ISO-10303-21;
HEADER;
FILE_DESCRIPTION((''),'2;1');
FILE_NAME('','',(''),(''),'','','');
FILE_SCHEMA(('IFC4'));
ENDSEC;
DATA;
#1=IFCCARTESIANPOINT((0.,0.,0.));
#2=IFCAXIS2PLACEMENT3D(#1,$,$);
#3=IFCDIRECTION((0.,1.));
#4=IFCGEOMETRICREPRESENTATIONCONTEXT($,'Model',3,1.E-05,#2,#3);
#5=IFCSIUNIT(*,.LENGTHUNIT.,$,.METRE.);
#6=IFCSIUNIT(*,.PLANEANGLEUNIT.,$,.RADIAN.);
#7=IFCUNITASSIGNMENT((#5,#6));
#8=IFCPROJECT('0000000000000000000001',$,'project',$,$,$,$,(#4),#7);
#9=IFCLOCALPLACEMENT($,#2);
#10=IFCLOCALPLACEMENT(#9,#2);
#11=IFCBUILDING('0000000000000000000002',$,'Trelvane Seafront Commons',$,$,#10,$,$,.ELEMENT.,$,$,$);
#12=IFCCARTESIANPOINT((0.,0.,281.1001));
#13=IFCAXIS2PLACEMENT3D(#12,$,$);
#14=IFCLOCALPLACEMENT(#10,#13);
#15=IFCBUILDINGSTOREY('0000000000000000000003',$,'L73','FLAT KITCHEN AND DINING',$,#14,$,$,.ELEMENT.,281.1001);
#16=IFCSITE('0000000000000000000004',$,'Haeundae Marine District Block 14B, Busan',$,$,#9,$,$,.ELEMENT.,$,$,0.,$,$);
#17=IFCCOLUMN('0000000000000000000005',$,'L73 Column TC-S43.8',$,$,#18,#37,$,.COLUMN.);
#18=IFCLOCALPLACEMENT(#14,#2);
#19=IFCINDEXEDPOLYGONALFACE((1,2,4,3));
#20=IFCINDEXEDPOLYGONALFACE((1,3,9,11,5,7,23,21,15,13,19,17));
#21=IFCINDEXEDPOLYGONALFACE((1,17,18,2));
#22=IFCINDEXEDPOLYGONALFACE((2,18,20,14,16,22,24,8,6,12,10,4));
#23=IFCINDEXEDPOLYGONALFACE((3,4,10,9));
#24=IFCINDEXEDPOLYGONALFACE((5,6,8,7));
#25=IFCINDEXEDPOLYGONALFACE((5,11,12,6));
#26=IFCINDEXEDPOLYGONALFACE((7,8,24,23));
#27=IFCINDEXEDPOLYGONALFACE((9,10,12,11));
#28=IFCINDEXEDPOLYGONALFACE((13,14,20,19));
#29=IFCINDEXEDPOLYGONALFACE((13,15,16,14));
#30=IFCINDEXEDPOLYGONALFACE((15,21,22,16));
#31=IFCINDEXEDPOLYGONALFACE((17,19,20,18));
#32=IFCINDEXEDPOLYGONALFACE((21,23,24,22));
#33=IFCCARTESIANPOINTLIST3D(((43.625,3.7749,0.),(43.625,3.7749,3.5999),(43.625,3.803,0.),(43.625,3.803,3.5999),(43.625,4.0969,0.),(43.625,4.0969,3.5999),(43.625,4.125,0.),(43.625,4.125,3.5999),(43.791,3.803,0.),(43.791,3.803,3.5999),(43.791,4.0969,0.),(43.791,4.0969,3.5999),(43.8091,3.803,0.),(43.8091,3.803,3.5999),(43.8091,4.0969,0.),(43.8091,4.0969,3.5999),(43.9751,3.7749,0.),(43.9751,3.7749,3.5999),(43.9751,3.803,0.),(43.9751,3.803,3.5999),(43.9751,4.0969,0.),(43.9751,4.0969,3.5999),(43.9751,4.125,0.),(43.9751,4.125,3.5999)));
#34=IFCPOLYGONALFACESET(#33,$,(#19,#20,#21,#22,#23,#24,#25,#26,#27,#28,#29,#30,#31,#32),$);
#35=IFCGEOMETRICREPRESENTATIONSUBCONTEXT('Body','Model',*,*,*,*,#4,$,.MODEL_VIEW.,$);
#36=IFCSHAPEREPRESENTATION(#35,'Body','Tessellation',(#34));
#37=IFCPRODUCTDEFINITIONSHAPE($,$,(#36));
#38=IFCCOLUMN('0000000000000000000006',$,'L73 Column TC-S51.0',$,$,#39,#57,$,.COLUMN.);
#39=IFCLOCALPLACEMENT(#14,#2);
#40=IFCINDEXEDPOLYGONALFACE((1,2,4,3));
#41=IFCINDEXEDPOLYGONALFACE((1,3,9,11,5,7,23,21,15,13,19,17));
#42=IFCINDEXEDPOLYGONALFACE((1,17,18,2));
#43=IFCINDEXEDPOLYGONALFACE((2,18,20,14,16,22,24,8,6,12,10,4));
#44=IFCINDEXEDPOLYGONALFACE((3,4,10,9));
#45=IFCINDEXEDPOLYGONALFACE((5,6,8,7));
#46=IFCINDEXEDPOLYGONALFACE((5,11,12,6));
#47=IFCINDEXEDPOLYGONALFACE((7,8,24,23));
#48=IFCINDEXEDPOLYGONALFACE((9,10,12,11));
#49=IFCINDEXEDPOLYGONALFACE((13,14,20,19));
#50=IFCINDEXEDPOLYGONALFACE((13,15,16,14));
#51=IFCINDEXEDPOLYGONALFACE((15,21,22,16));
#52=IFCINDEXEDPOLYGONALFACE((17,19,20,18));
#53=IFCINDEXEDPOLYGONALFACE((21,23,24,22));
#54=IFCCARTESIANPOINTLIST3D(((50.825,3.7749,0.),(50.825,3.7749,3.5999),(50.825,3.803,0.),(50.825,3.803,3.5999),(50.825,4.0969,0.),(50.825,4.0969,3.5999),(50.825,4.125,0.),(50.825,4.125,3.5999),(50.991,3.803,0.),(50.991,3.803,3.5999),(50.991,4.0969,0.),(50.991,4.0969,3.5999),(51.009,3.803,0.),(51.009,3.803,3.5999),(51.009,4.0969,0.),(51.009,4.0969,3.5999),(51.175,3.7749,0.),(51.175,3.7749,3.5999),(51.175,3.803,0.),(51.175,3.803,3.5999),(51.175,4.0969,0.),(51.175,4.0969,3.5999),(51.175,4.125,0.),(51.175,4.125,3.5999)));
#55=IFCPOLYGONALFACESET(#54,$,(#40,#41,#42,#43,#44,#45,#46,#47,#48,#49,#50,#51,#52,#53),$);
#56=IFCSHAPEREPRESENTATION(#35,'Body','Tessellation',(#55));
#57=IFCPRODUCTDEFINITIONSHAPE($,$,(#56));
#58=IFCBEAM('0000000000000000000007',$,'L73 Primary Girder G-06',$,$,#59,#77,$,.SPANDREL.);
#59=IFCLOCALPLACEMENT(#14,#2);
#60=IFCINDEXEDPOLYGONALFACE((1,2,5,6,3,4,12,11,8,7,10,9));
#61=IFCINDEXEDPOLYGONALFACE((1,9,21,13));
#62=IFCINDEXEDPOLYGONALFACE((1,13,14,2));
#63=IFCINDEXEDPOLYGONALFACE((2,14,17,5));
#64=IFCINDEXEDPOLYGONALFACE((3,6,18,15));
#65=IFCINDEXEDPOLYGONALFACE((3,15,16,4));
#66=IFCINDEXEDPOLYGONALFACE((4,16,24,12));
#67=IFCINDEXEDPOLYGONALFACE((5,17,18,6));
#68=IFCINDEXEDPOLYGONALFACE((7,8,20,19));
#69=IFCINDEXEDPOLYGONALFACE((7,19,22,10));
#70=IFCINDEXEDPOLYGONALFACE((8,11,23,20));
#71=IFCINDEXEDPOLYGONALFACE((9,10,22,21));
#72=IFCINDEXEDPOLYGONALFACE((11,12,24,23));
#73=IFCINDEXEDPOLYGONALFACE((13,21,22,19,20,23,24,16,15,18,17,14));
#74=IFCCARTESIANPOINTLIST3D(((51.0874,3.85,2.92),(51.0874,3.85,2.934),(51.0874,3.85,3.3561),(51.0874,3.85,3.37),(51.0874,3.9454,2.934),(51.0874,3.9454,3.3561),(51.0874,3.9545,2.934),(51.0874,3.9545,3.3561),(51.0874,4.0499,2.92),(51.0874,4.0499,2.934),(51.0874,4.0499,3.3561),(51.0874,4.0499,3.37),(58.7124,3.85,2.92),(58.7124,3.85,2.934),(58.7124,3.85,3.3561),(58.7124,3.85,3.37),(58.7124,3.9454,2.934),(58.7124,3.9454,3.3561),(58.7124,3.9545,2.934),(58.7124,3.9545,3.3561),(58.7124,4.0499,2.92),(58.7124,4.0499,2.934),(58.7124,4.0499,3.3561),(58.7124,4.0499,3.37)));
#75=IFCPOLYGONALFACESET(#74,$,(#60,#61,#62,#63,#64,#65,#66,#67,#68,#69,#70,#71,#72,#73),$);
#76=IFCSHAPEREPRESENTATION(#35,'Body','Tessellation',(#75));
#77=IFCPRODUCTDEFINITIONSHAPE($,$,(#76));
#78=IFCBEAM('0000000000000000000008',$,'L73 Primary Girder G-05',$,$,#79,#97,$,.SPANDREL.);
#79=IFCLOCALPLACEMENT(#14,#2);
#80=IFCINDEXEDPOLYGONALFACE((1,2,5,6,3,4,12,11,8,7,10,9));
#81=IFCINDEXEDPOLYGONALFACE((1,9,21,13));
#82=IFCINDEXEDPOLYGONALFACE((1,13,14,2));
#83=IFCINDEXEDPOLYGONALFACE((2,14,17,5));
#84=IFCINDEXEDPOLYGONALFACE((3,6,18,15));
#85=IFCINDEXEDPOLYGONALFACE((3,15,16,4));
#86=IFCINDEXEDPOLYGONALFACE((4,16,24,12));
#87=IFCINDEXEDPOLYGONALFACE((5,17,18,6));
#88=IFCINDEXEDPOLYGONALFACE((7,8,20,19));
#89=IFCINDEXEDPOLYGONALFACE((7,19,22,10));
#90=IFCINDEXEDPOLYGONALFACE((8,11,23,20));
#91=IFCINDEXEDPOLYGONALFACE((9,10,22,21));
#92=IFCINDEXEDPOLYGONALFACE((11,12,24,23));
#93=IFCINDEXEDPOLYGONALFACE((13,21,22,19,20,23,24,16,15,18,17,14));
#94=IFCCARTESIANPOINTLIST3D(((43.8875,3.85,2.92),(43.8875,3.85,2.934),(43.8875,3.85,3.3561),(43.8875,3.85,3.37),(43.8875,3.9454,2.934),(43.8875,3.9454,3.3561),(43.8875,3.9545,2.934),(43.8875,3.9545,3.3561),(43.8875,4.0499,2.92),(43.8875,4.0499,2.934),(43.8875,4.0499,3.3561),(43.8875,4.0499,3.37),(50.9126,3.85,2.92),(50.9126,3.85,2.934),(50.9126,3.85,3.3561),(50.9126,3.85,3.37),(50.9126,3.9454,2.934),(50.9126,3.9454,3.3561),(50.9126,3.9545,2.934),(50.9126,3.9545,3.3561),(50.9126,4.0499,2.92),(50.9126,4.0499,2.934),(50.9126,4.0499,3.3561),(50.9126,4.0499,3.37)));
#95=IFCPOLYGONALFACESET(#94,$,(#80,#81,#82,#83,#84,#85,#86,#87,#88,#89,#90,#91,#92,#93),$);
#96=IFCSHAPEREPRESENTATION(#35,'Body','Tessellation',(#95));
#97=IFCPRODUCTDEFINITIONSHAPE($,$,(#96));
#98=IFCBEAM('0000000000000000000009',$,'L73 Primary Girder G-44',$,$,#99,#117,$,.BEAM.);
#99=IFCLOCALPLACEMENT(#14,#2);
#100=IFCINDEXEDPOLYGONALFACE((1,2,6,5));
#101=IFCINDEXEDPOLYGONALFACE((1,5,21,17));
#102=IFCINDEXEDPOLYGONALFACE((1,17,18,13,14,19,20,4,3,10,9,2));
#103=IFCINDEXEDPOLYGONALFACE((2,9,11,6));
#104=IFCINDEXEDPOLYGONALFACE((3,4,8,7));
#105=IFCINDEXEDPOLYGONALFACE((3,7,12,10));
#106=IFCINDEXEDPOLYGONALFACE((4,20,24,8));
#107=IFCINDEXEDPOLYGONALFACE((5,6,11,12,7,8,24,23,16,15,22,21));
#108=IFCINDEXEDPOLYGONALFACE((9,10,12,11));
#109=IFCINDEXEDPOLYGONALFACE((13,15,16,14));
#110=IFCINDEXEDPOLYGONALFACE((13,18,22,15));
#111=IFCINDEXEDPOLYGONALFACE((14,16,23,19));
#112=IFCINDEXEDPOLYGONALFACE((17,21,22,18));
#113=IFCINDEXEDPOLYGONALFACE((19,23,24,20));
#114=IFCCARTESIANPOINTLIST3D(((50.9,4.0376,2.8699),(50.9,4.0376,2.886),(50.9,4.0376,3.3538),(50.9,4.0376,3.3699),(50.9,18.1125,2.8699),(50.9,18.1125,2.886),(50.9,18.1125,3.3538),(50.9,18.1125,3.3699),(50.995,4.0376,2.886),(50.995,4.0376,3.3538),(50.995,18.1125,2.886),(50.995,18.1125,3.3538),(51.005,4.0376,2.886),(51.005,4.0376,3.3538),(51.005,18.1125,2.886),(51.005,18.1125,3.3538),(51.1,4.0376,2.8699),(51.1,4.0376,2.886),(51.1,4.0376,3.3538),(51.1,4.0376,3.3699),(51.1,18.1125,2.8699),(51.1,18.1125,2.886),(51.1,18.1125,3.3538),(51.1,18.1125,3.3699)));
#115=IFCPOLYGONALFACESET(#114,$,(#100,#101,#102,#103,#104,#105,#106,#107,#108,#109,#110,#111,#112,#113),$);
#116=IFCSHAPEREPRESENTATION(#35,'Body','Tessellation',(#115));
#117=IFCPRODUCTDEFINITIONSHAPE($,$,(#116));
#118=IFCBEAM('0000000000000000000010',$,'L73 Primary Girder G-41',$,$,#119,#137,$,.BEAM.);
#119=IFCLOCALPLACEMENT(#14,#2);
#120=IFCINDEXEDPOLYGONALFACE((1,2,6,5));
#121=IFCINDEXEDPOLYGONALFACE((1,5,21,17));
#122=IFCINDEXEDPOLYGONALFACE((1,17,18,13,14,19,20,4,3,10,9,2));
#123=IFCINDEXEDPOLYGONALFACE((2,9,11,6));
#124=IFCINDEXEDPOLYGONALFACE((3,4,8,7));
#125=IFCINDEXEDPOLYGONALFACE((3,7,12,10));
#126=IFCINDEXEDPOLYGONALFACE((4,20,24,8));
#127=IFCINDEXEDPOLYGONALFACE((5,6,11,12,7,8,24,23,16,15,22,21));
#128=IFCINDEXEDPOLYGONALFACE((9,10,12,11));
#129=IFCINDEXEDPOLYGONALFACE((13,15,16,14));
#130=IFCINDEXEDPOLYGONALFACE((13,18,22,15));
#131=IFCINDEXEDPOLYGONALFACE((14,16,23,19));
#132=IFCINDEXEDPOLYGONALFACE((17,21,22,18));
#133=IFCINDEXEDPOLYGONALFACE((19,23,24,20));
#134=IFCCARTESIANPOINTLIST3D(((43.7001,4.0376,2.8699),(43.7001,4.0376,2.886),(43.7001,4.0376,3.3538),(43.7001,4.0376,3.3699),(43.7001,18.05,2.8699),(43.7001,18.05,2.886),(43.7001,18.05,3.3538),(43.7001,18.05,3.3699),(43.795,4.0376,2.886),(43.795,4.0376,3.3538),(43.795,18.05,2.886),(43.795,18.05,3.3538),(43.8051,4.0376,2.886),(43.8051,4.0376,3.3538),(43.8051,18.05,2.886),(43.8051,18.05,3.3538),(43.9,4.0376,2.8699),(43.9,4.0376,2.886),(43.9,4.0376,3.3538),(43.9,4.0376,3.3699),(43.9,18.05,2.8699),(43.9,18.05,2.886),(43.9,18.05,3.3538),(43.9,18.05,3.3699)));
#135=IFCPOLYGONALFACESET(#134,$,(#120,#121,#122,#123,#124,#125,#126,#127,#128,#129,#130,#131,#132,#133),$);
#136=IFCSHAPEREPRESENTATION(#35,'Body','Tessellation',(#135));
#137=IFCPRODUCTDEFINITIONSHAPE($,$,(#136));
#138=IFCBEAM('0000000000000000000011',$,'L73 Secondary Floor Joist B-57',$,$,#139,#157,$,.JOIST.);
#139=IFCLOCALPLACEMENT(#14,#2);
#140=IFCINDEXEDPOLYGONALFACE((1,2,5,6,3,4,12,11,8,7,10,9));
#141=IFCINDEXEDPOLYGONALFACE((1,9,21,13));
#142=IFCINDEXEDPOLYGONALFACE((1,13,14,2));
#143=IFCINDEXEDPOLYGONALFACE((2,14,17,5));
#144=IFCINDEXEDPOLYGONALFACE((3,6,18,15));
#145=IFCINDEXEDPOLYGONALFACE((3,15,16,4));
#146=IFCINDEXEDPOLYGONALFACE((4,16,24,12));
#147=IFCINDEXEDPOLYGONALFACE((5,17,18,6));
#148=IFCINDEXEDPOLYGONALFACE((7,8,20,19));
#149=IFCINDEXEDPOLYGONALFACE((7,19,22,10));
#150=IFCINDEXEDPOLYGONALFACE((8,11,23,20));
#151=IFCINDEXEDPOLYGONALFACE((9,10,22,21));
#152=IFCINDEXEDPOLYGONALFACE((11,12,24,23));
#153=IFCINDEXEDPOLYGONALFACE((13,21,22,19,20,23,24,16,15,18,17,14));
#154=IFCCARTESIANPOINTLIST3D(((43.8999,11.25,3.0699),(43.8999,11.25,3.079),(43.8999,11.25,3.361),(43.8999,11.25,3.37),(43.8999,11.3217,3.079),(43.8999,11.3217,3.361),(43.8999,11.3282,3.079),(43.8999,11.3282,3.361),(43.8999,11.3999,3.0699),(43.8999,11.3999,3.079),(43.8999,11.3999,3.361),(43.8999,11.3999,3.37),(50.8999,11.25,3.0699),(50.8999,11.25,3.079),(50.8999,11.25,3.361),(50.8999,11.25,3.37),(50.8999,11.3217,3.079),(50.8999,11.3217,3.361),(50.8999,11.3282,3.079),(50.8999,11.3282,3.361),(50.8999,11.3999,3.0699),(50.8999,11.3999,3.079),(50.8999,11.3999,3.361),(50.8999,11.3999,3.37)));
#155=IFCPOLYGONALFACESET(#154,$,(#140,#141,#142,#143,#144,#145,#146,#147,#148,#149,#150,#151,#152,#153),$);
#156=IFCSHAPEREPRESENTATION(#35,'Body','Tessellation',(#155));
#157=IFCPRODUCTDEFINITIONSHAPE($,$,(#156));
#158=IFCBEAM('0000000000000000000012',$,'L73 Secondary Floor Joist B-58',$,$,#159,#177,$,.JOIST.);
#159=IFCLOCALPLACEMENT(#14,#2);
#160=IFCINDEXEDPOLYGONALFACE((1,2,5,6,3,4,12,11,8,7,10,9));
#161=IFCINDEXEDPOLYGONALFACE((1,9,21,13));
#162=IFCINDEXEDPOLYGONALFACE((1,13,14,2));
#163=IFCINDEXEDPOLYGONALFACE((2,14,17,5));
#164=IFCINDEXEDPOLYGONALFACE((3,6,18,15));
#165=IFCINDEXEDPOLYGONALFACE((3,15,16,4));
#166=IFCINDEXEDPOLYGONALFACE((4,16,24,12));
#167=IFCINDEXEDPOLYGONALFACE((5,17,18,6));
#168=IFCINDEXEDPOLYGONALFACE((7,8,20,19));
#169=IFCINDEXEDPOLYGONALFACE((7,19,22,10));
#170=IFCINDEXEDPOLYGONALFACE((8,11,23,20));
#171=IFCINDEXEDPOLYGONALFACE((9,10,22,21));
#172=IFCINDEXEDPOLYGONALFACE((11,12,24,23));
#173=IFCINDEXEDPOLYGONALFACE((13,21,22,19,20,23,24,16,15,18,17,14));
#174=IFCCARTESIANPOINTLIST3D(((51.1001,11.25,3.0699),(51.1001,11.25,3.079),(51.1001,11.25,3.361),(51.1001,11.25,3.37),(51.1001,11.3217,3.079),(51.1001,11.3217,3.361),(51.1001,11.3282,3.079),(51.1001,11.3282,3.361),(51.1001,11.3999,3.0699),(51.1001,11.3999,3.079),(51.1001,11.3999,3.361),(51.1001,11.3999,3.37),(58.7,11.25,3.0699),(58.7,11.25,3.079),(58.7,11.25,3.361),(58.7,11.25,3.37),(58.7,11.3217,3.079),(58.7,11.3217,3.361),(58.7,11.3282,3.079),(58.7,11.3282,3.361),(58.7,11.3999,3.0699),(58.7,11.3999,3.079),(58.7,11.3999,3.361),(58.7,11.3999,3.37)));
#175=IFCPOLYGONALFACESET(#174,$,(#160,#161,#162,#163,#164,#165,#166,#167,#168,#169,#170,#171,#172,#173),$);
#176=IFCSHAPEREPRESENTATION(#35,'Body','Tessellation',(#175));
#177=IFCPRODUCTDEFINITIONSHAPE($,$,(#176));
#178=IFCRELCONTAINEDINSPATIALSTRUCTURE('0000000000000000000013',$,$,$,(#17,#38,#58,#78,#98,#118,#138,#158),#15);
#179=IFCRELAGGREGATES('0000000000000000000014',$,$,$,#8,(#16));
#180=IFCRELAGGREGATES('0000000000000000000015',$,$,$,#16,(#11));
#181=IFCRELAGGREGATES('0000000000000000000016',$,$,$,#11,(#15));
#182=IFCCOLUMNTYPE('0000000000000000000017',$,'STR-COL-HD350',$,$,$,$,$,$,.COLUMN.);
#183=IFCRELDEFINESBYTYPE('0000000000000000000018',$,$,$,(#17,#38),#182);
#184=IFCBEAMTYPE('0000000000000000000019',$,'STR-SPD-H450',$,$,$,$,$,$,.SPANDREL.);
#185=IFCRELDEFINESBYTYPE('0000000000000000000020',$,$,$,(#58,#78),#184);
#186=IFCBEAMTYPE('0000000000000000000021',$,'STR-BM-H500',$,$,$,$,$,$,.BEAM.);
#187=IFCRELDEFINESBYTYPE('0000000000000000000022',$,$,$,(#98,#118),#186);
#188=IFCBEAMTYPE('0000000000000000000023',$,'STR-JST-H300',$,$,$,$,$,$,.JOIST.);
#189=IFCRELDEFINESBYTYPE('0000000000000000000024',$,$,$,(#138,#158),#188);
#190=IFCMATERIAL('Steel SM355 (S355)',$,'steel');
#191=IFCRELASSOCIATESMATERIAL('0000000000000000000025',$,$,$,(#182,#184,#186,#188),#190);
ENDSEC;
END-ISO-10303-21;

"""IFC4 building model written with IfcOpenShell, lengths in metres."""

from ifc_helpers import new_model, si_unit, direction, frame, origin, origin_2d, place, context, subcontext, project, spatial, i_section, extrude, source, transform, mapped, material, material_profile, profile_set, type_object, element, save


model = new_model("IFC4")

# Units and contexts
model_context = context("Model", 3, precision=1e-05, world=origin(), true_north=direction((0.0, 1.0)))
body_context = subcontext(model_context, "Body", "Model", "MODEL_VIEW")
ifc_project = project(units=[si_unit("LENGTHUNIT", "METRE"), si_unit("PLANEANGLEUNIT", "RADIAN")], contexts=[model_context])

# Site, building, storey
site_placement = place(None, origin())
site = spatial("IfcSite", under=ifc_project, at=site_placement, Name="Haeundae Marine District Block 14B, Busan", CompositionType="ELEMENT", RefElevation=0.0)
building_placement = place(site_placement, origin())
building = spatial("IfcBuilding", under=site, at=building_placement, Name="Trelvane Seafront Commons", CompositionType="ELEMENT")
storey_placement = place(building_placement, frame((0.0, 0.0, 281.1001)))
storey = spatial("IfcBuildingStorey", under=building, at=storey_placement, Name="L73", Description="FLAT KITCHEN AND DINING", CompositionType="ELEMENT", Elevation=281.1001)

# Columns
ifc_material_1 = material(Name="Steel SM355 (S355)", Category="steel")
ifc_material_profile_1 = material_profile(ifc_material_1, i_section(OverallWidth=0.3501, OverallDepth=0.3501, WebThickness=0.0181, FlangeThickness=0.0281, at=origin_2d()), Name="HD-350x350x18x28")
ifc_profile_set_1 = profile_set([ifc_material_profile_1], Name="Steel SM355 (S355)")
column_type = type_object("IfcColumnType", Name="STR-COL-HD350", PredefinedType="COLUMN", material=ifc_profile_set_1)
shared_shape_1 = source(origin(), body_context, "Body", "SweptSolid", [
    extrude(i_section(OverallWidth=0.3501, OverallDepth=0.3501, WebThickness=0.0181, FlangeThickness=0.0281, at=origin_2d()), origin(), (0.0, 0.0, 1.0), 3.5999),
])
for number, where, z_axis, x_axis, name in (
    (1, (43.8, 3.95, 0.0), (0.0, 0.0, 1.0), (1.0, 0.0, 0.0), "L73 Column TC-S43.8"),
    (2, (51.0, 3.95, 0.0), (0.0, 0.0, 1.0), (1.0, 0.0, 0.0), "L73 Column TC-S51.0"),
):
    element("IfcColumn", number, at=place(storey_placement, frame(where, z_axis=z_axis, x_axis=x_axis)), inside=storey, type_object=column_type, Name=name, PredefinedType="COLUMN", context=body_context, shape_type="MappedRepresentation", body=[
        mapped(shared_shape_1, transform((0.0, 0.0, 0.0), x_axis=(1.0, 0.0, 0.0), y_axis=(0.0, 1.0, 0.0), z_axis=(0.0, 0.0, 1.0), scale=1.0)),
    ])

# Beams
ifc_material_profile_2 = material_profile(ifc_material_1, i_section(OverallWidth=0.2, OverallDepth=0.45, WebThickness=0.009, FlangeThickness=0.0139, at=origin_2d()), Name="H-450x200x9x14")
ifc_profile_set_2 = profile_set([ifc_material_profile_2], Name="Steel SM355 (S355)")
beam_type_1 = type_object("IfcBeamType", Name="STR-SPD-H450", PredefinedType="SPANDREL", material=ifc_profile_set_2)
shared_shape_2 = source(origin(), body_context, "Body", "SweptSolid", [
    extrude(i_section(OverallWidth=0.2, OverallDepth=0.45, WebThickness=0.009, FlangeThickness=0.0139, at=origin_2d()), origin(), (0.0, 0.0, 1.0), 7.625),
])
beam_1_placement = place(storey_placement, frame((51.0874, 3.95, 3.145), z_axis=(1.0, 0.0, 0.0), x_axis=(0.0, 1.0, 0.0)))
element("IfcBeam", 3, at=beam_1_placement, inside=storey, type_object=beam_type_1, Name="L73 Primary Girder G-06", PredefinedType="SPANDREL", context=body_context, shape_type="MappedRepresentation", body=[
    mapped(shared_shape_2, transform((0.0, 0.0, 0.0), x_axis=(1.0, 0.0, 0.0), y_axis=(0.0, 1.0, 0.0), z_axis=(0.0, 0.0, 1.0), scale=1.0)),
])
shared_shape_3 = source(origin(), body_context, "Body", "SweptSolid", [
    extrude(i_section(OverallWidth=0.2, OverallDepth=0.45, WebThickness=0.009, FlangeThickness=0.0139, at=origin_2d()), origin(), (0.0, 0.0, 1.0), 7.0251),
])
beam_2_placement = place(storey_placement, frame((43.8875, 3.95, 3.145), z_axis=(1.0, 0.0, 0.0), x_axis=(0.0, 1.0, 0.0)))
element("IfcBeam", 4, at=beam_2_placement, inside=storey, type_object=beam_type_1, Name="L73 Primary Girder G-05", PredefinedType="SPANDREL", context=body_context, shape_type="MappedRepresentation", body=[
    mapped(shared_shape_3, transform((0.0, 0.0, 0.0), x_axis=(1.0, 0.0, 0.0), y_axis=(0.0, 1.0, 0.0), z_axis=(0.0, 0.0, 1.0), scale=1.0)),
])
ifc_material_profile_3 = material_profile(ifc_material_1, i_section(OverallWidth=0.2, OverallDepth=0.5, WebThickness=0.01, FlangeThickness=0.0161, at=origin_2d()), Name="H-500x200x10x16")
ifc_profile_set_3 = profile_set([ifc_material_profile_3], Name="Steel SM355 (S355)")
beam_type_2 = type_object("IfcBeamType", Name="STR-BM-H500", PredefinedType="BEAM", material=ifc_profile_set_3)
shared_shape_4 = source(origin(), body_context, "Body", "SweptSolid", [
    extrude(i_section(OverallWidth=0.2, OverallDepth=0.5, WebThickness=0.01, FlangeThickness=0.0161, at=origin_2d()), origin(), (0.0, 0.0, 1.0), 14.075),
])
beam_3_placement = place(storey_placement, frame((51.0, 4.0376, 3.1199), z_axis=(0.0, 1.0, 0.0), x_axis=(-1.0, 0.0, 0.0)))
element("IfcBeam", 5, at=beam_3_placement, inside=storey, type_object=beam_type_2, Name="L73 Primary Girder G-44", PredefinedType="BEAM", context=body_context, shape_type="MappedRepresentation", body=[
    mapped(shared_shape_4, transform((0.0, 0.0, 0.0), x_axis=(1.0, 0.0, 0.0), y_axis=(0.0, 1.0, 0.0), z_axis=(0.0, 0.0, 1.0), scale=1.0)),
])
shared_shape_5 = source(origin(), body_context, "Body", "SweptSolid", [
    extrude(i_section(OverallWidth=0.2, OverallDepth=0.5, WebThickness=0.01, FlangeThickness=0.0161, at=origin_2d()), origin(), (0.0, 0.0, 1.0), 14.0125),
])
beam_4_placement = place(storey_placement, frame((43.8, 4.0376, 3.1199), z_axis=(0.0, 1.0, 0.0), x_axis=(-1.0, 0.0, 0.0)))
element("IfcBeam", 6, at=beam_4_placement, inside=storey, type_object=beam_type_2, Name="L73 Primary Girder G-41", PredefinedType="BEAM", context=body_context, shape_type="MappedRepresentation", body=[
    mapped(shared_shape_5, transform((0.0, 0.0, 0.0), x_axis=(1.0, 0.0, 0.0), y_axis=(0.0, 1.0, 0.0), z_axis=(0.0, 0.0, 1.0), scale=1.0)),
])
ifc_material_profile_4 = material_profile(ifc_material_1, i_section(OverallWidth=0.1499, OverallDepth=0.3, WebThickness=0.0066, FlangeThickness=0.009, at=origin_2d()), Name="H-300x150x6.5x9")
ifc_profile_set_4 = profile_set([ifc_material_profile_4], Name="Steel SM355 (S355)")
beam_type_3 = type_object("IfcBeamType", Name="STR-JST-H300", PredefinedType="JOIST", material=ifc_profile_set_4)
shared_shape_6 = source(origin(), body_context, "Body", "SweptSolid", [
    extrude(i_section(OverallWidth=0.1499, OverallDepth=0.3, WebThickness=0.0066, FlangeThickness=0.009, at=origin_2d()), origin(), (0.0, 0.0, 1.0), 7.0),
])
beam_5_placement = place(storey_placement, frame((43.8999, 11.325, 3.22), z_axis=(1.0, 0.0, 0.0), x_axis=(0.0, 1.0, 0.0)))
element("IfcBeam", 7, at=beam_5_placement, inside=storey, type_object=beam_type_3, Name="L73 Secondary Floor Joist B-57", PredefinedType="JOIST", context=body_context, shape_type="MappedRepresentation", body=[
    mapped(shared_shape_6, transform((0.0, 0.0, 0.0), x_axis=(1.0, 0.0, 0.0), y_axis=(0.0, 1.0, 0.0), z_axis=(0.0, 0.0, 1.0), scale=1.0)),
])
shared_shape_7 = source(origin(), body_context, "Body", "SweptSolid", [
    extrude(i_section(OverallWidth=0.1499, OverallDepth=0.3, WebThickness=0.0066, FlangeThickness=0.009, at=origin_2d()), origin(), (0.0, 0.0, 1.0), 7.5999),
])
beam_6_placement = place(storey_placement, frame((51.1001, 11.325, 3.22), z_axis=(1.0, 0.0, 0.0), x_axis=(0.0, 1.0, 0.0)))
element("IfcBeam", 8, at=beam_6_placement, inside=storey, type_object=beam_type_3, Name="L73 Secondary Floor Joist B-58", PredefinedType="JOIST", context=body_context, shape_type="MappedRepresentation", body=[
    mapped(shared_shape_7, transform((0.0, 0.0, 0.0), x_axis=(1.0, 0.0, 0.0), y_axis=(0.0, 1.0, 0.0), z_axis=(0.0, 0.0, 1.0), scale=1.0)),
])

save(model, "model.ifc")
